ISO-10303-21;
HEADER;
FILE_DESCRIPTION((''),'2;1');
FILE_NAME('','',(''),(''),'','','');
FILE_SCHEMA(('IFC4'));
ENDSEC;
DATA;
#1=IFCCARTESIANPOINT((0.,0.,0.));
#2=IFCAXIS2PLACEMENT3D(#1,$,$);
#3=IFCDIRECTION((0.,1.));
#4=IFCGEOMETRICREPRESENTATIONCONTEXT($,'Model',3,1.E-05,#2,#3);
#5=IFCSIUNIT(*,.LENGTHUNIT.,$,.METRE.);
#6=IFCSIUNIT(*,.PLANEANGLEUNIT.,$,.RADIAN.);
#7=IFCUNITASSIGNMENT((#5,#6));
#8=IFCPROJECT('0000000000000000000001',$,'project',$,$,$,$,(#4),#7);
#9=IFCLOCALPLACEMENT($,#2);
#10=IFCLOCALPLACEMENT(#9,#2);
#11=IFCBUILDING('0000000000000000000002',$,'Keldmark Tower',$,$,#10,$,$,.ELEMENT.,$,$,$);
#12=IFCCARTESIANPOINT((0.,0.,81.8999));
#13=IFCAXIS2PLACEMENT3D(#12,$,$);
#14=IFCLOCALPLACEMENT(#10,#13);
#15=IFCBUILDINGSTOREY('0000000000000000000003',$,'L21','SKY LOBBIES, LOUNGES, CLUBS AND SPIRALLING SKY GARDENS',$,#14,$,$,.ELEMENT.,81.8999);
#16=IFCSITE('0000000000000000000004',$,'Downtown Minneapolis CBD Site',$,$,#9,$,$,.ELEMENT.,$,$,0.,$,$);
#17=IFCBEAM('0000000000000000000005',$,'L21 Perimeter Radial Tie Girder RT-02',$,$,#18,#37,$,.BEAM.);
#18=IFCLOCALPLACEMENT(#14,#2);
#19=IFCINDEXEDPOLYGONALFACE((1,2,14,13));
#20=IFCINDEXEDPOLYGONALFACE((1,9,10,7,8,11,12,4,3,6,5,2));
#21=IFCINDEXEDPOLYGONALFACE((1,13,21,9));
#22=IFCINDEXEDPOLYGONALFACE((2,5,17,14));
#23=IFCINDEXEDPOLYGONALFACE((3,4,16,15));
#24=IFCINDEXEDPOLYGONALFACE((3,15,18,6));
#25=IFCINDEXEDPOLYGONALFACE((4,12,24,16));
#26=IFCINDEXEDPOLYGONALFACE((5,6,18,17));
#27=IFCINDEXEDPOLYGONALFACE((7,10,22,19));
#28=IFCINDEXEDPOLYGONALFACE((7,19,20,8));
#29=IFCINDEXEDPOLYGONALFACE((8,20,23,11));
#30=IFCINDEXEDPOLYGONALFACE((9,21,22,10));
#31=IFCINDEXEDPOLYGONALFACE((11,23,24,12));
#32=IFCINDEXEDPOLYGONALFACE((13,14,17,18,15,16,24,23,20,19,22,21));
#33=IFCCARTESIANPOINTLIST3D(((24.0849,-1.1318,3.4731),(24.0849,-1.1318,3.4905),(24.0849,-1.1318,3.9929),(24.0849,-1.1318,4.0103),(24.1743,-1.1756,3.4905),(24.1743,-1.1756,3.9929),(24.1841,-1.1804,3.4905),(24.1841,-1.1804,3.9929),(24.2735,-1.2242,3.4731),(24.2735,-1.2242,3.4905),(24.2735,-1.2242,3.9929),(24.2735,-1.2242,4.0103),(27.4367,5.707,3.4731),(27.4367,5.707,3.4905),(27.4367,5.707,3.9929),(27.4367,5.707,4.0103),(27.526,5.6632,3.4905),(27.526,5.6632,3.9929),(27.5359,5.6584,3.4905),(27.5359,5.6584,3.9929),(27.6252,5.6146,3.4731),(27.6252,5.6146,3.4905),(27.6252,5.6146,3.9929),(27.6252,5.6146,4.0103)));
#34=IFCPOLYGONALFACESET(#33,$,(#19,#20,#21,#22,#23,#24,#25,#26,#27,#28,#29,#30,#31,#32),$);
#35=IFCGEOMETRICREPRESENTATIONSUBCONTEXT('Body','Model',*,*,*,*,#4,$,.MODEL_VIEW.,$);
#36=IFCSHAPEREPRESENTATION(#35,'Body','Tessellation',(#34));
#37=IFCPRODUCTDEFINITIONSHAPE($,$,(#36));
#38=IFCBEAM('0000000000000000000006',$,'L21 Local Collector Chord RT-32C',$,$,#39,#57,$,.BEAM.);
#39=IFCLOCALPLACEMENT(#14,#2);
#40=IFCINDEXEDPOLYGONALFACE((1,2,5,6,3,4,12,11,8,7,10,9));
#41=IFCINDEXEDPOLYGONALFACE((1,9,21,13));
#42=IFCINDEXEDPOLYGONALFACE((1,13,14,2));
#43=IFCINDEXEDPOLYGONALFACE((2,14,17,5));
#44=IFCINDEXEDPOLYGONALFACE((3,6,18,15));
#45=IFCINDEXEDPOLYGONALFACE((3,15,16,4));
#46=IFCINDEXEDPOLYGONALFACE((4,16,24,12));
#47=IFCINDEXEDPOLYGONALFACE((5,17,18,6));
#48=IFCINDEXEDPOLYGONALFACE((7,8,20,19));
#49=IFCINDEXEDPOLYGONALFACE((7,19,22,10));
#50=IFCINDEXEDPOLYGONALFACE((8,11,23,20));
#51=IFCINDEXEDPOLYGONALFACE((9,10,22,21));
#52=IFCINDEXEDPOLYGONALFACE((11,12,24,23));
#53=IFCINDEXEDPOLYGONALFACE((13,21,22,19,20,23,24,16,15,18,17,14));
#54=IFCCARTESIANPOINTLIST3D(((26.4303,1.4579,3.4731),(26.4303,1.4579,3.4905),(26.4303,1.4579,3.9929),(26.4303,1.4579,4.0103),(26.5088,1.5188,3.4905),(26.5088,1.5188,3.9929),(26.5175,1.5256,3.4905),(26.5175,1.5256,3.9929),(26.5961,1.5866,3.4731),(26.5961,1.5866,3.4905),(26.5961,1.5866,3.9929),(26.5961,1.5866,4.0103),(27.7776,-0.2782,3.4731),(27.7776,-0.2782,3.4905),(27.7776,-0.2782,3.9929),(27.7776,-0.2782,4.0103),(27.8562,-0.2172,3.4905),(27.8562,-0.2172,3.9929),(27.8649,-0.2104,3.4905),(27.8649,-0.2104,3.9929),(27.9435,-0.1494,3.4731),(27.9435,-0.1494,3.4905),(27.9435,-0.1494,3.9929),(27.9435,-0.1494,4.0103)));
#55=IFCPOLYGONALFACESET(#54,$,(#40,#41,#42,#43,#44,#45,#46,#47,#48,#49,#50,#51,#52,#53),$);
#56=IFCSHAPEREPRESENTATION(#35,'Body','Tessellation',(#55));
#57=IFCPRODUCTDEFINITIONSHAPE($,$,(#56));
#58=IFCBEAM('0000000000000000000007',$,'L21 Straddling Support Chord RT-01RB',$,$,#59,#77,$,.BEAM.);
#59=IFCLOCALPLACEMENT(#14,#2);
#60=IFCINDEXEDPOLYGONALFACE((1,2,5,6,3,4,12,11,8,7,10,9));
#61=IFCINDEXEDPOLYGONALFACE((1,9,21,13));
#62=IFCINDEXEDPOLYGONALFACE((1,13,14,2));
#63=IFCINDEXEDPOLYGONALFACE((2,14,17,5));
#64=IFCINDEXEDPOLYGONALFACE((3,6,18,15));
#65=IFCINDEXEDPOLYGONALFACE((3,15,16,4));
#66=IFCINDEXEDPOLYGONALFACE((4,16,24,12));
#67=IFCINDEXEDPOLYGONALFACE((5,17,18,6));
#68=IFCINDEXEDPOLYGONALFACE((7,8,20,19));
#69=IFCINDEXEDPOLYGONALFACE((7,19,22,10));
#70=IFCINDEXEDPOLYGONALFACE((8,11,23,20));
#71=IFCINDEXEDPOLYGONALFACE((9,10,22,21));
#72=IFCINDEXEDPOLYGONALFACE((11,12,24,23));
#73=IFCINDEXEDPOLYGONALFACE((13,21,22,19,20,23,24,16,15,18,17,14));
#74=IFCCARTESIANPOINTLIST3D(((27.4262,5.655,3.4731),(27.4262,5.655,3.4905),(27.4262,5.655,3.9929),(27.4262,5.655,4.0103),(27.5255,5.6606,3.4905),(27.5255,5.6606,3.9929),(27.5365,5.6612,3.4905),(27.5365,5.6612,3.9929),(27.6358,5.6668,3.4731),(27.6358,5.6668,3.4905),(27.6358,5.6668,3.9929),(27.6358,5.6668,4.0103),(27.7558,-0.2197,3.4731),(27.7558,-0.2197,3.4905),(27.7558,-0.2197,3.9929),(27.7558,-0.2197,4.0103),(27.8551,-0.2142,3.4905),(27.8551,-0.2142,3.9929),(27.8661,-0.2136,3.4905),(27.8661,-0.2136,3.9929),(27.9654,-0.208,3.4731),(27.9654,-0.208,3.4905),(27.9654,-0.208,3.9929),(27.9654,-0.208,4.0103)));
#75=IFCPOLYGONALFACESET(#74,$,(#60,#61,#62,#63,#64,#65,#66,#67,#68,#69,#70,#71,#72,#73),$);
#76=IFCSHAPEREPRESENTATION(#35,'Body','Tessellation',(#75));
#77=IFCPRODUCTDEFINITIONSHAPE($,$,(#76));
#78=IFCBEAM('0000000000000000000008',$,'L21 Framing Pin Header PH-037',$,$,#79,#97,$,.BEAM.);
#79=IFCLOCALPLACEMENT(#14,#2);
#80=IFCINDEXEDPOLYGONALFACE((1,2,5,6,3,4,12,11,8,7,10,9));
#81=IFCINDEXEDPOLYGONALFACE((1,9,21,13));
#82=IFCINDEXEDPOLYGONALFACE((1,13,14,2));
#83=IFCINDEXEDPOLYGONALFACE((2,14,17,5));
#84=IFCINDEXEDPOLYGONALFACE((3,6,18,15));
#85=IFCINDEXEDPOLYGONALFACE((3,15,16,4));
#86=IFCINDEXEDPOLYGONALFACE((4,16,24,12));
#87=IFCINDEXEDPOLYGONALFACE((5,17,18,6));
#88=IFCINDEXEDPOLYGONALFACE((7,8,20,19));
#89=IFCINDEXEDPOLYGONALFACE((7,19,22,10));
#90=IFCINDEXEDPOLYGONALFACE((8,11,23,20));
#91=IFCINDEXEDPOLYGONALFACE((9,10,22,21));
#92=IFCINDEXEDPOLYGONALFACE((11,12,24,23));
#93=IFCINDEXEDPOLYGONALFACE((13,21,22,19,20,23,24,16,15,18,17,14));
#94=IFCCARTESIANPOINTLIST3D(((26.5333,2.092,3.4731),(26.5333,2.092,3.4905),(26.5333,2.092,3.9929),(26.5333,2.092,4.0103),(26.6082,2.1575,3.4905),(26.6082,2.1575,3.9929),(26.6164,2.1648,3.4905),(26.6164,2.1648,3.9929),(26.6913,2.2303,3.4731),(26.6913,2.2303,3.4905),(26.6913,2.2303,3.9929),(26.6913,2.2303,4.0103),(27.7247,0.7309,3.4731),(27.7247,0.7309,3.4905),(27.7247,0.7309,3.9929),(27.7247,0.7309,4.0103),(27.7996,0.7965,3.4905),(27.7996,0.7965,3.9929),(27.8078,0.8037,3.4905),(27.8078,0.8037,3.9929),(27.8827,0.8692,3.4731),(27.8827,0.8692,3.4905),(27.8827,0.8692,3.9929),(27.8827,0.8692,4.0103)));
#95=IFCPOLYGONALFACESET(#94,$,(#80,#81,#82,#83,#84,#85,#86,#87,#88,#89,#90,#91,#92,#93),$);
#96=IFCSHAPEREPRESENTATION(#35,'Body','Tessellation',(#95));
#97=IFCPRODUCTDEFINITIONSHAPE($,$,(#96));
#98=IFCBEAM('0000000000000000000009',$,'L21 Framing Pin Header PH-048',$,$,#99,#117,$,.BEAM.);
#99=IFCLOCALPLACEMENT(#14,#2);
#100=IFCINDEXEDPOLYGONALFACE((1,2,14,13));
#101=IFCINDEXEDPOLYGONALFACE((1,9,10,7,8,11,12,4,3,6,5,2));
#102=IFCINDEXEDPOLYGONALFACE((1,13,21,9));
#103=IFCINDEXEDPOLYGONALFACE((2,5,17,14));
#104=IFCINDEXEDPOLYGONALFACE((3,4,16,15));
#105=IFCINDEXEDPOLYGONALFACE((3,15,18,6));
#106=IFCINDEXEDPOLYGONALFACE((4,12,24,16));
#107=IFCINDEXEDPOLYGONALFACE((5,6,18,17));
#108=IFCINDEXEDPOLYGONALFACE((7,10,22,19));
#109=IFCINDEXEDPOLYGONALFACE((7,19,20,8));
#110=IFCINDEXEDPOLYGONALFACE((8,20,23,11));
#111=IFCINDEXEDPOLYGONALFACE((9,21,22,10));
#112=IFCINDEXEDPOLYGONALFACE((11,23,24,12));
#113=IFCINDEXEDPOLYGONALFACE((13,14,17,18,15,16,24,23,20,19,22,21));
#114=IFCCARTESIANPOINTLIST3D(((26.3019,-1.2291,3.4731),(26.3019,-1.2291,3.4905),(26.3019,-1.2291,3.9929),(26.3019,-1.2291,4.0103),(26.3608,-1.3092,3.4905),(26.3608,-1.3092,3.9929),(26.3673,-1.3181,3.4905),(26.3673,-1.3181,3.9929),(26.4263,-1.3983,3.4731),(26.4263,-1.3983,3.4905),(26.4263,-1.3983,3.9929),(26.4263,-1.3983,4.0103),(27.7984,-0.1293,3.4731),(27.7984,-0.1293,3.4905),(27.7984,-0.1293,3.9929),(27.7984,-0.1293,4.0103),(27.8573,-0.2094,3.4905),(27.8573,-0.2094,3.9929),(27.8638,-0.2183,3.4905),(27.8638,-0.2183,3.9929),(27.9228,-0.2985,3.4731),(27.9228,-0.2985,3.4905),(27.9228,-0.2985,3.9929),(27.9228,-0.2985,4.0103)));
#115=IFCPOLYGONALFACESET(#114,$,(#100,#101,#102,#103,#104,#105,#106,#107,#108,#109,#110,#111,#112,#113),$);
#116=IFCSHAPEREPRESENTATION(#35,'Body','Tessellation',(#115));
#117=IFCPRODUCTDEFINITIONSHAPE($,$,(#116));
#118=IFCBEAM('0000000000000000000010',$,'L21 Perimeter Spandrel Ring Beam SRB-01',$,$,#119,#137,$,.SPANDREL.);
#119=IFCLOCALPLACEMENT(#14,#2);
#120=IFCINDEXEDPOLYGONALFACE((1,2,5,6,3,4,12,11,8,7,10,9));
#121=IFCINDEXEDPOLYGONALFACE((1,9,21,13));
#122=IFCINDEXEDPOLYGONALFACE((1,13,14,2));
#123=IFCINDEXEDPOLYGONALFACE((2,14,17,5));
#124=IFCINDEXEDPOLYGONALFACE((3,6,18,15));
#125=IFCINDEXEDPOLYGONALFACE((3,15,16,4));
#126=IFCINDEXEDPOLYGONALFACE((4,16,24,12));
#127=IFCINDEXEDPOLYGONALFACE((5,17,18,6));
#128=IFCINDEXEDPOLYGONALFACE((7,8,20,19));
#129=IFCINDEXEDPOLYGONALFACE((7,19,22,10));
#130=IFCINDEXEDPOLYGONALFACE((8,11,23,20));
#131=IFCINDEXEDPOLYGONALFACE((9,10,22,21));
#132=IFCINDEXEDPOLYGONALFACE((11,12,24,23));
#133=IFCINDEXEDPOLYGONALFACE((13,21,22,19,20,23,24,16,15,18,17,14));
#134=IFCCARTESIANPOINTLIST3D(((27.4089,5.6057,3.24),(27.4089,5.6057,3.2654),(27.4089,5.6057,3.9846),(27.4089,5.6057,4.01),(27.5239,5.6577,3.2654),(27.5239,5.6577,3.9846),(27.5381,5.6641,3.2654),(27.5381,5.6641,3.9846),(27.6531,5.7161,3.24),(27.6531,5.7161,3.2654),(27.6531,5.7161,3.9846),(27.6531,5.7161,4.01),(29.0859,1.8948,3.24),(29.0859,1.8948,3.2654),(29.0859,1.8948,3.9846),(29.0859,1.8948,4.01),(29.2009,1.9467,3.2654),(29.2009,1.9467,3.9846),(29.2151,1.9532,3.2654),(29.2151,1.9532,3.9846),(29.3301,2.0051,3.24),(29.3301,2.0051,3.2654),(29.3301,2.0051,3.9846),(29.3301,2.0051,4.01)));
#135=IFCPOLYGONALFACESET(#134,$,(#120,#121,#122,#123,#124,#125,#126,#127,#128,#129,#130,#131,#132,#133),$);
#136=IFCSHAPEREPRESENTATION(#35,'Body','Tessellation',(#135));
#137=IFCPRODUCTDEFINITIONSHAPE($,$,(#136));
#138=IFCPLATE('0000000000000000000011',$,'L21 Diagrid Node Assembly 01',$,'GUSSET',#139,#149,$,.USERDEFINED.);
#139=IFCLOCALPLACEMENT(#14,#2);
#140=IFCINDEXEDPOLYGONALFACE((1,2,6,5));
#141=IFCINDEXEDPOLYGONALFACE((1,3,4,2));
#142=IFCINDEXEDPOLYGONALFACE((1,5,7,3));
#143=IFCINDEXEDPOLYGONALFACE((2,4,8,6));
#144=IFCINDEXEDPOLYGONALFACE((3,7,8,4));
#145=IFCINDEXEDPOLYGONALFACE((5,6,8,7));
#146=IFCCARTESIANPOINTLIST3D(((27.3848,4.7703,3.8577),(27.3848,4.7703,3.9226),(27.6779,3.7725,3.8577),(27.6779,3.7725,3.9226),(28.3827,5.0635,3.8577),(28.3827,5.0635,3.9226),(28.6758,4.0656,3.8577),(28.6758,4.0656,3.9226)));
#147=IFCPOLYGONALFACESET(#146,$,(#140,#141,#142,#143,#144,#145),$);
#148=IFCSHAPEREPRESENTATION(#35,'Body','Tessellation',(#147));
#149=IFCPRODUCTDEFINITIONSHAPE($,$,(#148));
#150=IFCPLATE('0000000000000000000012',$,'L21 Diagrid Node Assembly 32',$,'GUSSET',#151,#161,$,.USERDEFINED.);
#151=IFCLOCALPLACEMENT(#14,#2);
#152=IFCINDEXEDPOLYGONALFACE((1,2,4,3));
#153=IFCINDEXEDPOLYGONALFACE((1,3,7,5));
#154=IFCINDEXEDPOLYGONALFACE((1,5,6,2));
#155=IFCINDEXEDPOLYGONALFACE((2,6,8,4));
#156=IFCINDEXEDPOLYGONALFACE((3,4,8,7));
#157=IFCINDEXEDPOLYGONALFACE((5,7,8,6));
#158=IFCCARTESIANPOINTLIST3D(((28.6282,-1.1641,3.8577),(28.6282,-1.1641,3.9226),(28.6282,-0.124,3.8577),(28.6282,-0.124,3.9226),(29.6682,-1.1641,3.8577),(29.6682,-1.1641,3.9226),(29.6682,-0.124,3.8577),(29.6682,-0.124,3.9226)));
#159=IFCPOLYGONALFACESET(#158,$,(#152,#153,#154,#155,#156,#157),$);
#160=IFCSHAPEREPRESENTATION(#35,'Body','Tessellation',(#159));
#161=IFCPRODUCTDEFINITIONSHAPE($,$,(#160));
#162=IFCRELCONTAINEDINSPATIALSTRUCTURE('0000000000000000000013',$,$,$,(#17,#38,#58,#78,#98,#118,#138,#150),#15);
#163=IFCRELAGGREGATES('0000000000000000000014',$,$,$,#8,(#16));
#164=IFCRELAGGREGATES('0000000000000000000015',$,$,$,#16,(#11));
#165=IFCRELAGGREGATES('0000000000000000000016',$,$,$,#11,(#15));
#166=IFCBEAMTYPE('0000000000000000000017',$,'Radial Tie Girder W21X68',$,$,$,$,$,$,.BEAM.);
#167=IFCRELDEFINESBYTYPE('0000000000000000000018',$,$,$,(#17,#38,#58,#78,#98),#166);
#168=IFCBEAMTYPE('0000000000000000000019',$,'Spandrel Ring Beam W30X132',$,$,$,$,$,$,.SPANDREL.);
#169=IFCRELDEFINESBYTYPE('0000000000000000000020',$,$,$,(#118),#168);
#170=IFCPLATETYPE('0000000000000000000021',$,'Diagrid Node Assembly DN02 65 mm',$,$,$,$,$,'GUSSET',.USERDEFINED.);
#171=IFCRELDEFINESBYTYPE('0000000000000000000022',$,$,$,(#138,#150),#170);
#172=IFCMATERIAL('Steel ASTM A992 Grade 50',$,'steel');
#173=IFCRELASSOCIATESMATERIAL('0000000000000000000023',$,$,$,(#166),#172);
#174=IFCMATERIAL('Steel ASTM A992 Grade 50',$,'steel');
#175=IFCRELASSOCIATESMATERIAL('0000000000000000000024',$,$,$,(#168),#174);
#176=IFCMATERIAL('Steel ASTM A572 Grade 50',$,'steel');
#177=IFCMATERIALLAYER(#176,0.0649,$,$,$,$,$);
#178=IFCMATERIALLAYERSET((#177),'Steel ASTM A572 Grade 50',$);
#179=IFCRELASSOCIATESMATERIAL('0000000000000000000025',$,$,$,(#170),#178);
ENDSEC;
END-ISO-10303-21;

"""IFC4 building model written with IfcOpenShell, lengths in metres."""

from ifc_helpers import new_model, si_unit, direction, frame, origin, origin_2d, place, context, subcontext, project, spatial, rectangle, i_section, extrude, material, layer, layer_set, material_profile, profile_set, type_object, element, save


model = new_model("IFC4")

# Units and contexts
model_context = context("Model", 3, precision=1e-05, world=origin(), true_north=direction((0.0, 1.0)))
body_context = subcontext(model_context, "Body", "Model", "MODEL_VIEW")
ifc_project = project(units=[si_unit("LENGTHUNIT", "METRE"), si_unit("PLANEANGLEUNIT", "RADIAN")], contexts=[model_context])

# Site, building, storey
site_placement = place(None, origin())
site = spatial("IfcSite", under=ifc_project, at=site_placement, Name="Downtown Minneapolis CBD Site", CompositionType="ELEMENT", RefElevation=0.0)
building_placement = place(site_placement, origin())
building = spatial("IfcBuilding", under=site, at=building_placement, Name="Keldmark Tower", CompositionType="ELEMENT")
storey_placement = place(building_placement, frame((0.0, 0.0, 81.8999)))
storey = spatial("IfcBuildingStorey", under=building, at=storey_placement, Name="L21", Description="SKY LOBBIES, LOUNGES, CLUBS AND SPIRALLING SKY GARDENS", CompositionType="ELEMENT", Elevation=81.8999)

# Beams
ifc_material_1 = material(Name="Steel ASTM A992 Grade 50", Category="steel")
ifc_material_profile_1 = material_profile(ifc_material_1, i_section(OverallWidth=0.21, OverallDepth=0.5371, WebThickness=0.011, FlangeThickness=0.0173, at=origin_2d()), Name="W21X68")
ifc_profile_set_1 = profile_set([ifc_material_profile_1], Name="Steel ASTM A992 Grade 50")
beam_type_1 = type_object("IfcBeamType", Name="Radial Tie Girder W21X68", PredefinedType="BEAM", material=ifc_profile_set_1)
beam_1_placement = place(storey_placement, frame((24.1792, -1.178, 3.7417), z_axis=(0.440096, 0.897951, 0.0), x_axis=(-0.897951, 0.440096, 0.0)))
element("IfcBeam", 1, at=beam_1_placement, inside=storey, type_object=beam_type_1, Name="L21 Perimeter Radial Tie Girder RT-02", PredefinedType="BEAM", context=body_context, shape_type="SweptSolid", body=[
    extrude(i_section(OverallWidth=0.21, OverallDepth=0.5371, WebThickness=0.011, FlangeThickness=0.0173, at=origin_2d()), origin(), (0.0, 0.0, 1.0), 7.616),
])
beam_2_placement = place(storey_placement, frame((26.5132, 1.5222, 3.7417), z_axis=(0.613125, -0.789986, 0.0), x_axis=(0.789986, 0.613125, 0.0)))
element("IfcBeam", 2, at=beam_2_placement, inside=storey, type_object=beam_type_1, Name="L21 Local Collector Chord RT-32C", PredefinedType="BEAM", context=body_context, shape_type="SweptSolid", body=[
    extrude(i_section(OverallWidth=0.21, OverallDepth=0.5371, WebThickness=0.011, FlangeThickness=0.0173, at=origin_2d()), origin(), (0.0, 0.0, 1.0), 2.1975),
])
beam_3_placement = place(storey_placement, frame((27.8606, -0.2139, 3.7417), z_axis=(-0.056015, 0.99843, 0.0), x_axis=(-0.99843, -0.056015, 0.0)))
element("IfcBeam", 3, at=beam_3_placement, inside=storey, type_object=beam_type_1, Name="L21 Straddling Support Chord RT-01RB", PredefinedType="BEAM", context=body_context, shape_type="SweptSolid", body=[
    extrude(i_section(OverallWidth=0.21, OverallDepth=0.5371, WebThickness=0.011, FlangeThickness=0.0173, at=origin_2d()), origin(), (0.0, 0.0, 1.0), 5.884),
])
beam_4_placement = place(storey_placement, frame((26.6123, 2.1611, 3.7417), z_axis=(0.658648, -0.752451, 0.0), x_axis=(0.752451, 0.658648, 0.0)))
element("IfcBeam", 4, at=beam_4_placement, inside=storey, type_object=beam_type_1, Name="L21 Framing Pin Header PH-037", PredefinedType="BEAM", context=body_context, shape_type="SweptSolid", body=[
    extrude(i_section(OverallWidth=0.21, OverallDepth=0.5371, WebThickness=0.011, FlangeThickness=0.0173, at=origin_2d()), origin(), (0.0, 0.0, 1.0), 1.8088),
])
beam_5_placement = place(storey_placement, frame((27.8606, -0.2139, 3.7417), z_axis=(-0.805799, -0.59219, 0.0), x_axis=(0.59219, -0.805799, 0.0)))
element("IfcBeam", 5, at=beam_5_placement, inside=storey, type_object=beam_type_1, Name="L21 Framing Pin Header PH-048", PredefinedType="BEAM", context=body_context, shape_type="SweptSolid", body=[
    extrude(i_section(OverallWidth=0.21, OverallDepth=0.5371, WebThickness=0.011, FlangeThickness=0.0173, at=origin_2d()), origin(), (0.0, 0.0, 1.0), 1.8572),
])
ifc_material_2 = material(Name="Steel ASTM A992 Grade 50", Category="steel")
ifc_material_profile_2 = material_profile(ifc_material_2, i_section(OverallWidth=0.2681, OverallDepth=0.77, WebThickness=0.0156, FlangeThickness=0.0254, at=origin_2d()), Name="W30X132")
ifc_profile_set_2 = profile_set([ifc_material_profile_2], Name="Steel ASTM A992 Grade 50")
beam_type_2 = type_object("IfcBeamType", Name="Spandrel Ring Beam W30X132", PredefinedType="SPANDREL", material=ifc_profile_set_2)
beam_6_placement = place(storey_placement, frame((29.208, 1.95, 3.625), z_axis=(-0.41181, 0.91127, 0.0), x_axis=(-0.91127, -0.41181, 0.0)))
element("IfcBeam", 6, at=beam_6_placement, inside=storey, type_object=beam_type_2, Name="L21 Perimeter Spandrel Ring Beam SRB-01", PredefinedType="SPANDREL", context=body_context, shape_type="SweptSolid", body=[
    extrude(i_section(OverallWidth=0.2681, OverallDepth=0.77, WebThickness=0.0156, FlangeThickness=0.0254, at=origin_2d()), origin(), (0.0, 0.0, 1.0), 4.0723),
])

# Plates
ifc_material_3 = material(Name="Steel ASTM A572 Grade 50", Category="steel")
ifc_layer_1 = layer(ifc_material_3, 0.0649)
ifc_layer_set_1 = layer_set([ifc_layer_1], Name="Steel ASTM A572 Grade 50")
plate_type = type_object("IfcPlateType", Name="Diagrid Node Assembly DN02 65 mm", ElementType="GUSSET", PredefinedType="USERDEFINED", material=ifc_layer_set_1)
for number, where, z_axis, x_axis, name in (
    (7, (28.0303, 4.418, 3.8577), (0.0, 0.0, 1.0), (-0.281839, 0.959462, 0.0), "L21 Diagrid Node Assembly 01"),
    (8, (29.1482, -0.644, 3.8577), (0.0, 0.0, 1.0), (0.0, 1.0, 0.0), "L21 Diagrid Node Assembly 32"),
):
    element("IfcPlate", number, at=place(storey_placement, frame(where, z_axis=z_axis, x_axis=x_axis)), inside=storey, type_object=plate_type, Name=name, ObjectType="GUSSET", PredefinedType="USERDEFINED", context=body_context, shape_type="SweptSolid", body=[
        extrude(rectangle(XDim=1.04, YDim=1.04, at=origin_2d()), origin(), (0.0, 0.0, 1.0), 0.0649),
    ])

save(model, "model.ifc")
